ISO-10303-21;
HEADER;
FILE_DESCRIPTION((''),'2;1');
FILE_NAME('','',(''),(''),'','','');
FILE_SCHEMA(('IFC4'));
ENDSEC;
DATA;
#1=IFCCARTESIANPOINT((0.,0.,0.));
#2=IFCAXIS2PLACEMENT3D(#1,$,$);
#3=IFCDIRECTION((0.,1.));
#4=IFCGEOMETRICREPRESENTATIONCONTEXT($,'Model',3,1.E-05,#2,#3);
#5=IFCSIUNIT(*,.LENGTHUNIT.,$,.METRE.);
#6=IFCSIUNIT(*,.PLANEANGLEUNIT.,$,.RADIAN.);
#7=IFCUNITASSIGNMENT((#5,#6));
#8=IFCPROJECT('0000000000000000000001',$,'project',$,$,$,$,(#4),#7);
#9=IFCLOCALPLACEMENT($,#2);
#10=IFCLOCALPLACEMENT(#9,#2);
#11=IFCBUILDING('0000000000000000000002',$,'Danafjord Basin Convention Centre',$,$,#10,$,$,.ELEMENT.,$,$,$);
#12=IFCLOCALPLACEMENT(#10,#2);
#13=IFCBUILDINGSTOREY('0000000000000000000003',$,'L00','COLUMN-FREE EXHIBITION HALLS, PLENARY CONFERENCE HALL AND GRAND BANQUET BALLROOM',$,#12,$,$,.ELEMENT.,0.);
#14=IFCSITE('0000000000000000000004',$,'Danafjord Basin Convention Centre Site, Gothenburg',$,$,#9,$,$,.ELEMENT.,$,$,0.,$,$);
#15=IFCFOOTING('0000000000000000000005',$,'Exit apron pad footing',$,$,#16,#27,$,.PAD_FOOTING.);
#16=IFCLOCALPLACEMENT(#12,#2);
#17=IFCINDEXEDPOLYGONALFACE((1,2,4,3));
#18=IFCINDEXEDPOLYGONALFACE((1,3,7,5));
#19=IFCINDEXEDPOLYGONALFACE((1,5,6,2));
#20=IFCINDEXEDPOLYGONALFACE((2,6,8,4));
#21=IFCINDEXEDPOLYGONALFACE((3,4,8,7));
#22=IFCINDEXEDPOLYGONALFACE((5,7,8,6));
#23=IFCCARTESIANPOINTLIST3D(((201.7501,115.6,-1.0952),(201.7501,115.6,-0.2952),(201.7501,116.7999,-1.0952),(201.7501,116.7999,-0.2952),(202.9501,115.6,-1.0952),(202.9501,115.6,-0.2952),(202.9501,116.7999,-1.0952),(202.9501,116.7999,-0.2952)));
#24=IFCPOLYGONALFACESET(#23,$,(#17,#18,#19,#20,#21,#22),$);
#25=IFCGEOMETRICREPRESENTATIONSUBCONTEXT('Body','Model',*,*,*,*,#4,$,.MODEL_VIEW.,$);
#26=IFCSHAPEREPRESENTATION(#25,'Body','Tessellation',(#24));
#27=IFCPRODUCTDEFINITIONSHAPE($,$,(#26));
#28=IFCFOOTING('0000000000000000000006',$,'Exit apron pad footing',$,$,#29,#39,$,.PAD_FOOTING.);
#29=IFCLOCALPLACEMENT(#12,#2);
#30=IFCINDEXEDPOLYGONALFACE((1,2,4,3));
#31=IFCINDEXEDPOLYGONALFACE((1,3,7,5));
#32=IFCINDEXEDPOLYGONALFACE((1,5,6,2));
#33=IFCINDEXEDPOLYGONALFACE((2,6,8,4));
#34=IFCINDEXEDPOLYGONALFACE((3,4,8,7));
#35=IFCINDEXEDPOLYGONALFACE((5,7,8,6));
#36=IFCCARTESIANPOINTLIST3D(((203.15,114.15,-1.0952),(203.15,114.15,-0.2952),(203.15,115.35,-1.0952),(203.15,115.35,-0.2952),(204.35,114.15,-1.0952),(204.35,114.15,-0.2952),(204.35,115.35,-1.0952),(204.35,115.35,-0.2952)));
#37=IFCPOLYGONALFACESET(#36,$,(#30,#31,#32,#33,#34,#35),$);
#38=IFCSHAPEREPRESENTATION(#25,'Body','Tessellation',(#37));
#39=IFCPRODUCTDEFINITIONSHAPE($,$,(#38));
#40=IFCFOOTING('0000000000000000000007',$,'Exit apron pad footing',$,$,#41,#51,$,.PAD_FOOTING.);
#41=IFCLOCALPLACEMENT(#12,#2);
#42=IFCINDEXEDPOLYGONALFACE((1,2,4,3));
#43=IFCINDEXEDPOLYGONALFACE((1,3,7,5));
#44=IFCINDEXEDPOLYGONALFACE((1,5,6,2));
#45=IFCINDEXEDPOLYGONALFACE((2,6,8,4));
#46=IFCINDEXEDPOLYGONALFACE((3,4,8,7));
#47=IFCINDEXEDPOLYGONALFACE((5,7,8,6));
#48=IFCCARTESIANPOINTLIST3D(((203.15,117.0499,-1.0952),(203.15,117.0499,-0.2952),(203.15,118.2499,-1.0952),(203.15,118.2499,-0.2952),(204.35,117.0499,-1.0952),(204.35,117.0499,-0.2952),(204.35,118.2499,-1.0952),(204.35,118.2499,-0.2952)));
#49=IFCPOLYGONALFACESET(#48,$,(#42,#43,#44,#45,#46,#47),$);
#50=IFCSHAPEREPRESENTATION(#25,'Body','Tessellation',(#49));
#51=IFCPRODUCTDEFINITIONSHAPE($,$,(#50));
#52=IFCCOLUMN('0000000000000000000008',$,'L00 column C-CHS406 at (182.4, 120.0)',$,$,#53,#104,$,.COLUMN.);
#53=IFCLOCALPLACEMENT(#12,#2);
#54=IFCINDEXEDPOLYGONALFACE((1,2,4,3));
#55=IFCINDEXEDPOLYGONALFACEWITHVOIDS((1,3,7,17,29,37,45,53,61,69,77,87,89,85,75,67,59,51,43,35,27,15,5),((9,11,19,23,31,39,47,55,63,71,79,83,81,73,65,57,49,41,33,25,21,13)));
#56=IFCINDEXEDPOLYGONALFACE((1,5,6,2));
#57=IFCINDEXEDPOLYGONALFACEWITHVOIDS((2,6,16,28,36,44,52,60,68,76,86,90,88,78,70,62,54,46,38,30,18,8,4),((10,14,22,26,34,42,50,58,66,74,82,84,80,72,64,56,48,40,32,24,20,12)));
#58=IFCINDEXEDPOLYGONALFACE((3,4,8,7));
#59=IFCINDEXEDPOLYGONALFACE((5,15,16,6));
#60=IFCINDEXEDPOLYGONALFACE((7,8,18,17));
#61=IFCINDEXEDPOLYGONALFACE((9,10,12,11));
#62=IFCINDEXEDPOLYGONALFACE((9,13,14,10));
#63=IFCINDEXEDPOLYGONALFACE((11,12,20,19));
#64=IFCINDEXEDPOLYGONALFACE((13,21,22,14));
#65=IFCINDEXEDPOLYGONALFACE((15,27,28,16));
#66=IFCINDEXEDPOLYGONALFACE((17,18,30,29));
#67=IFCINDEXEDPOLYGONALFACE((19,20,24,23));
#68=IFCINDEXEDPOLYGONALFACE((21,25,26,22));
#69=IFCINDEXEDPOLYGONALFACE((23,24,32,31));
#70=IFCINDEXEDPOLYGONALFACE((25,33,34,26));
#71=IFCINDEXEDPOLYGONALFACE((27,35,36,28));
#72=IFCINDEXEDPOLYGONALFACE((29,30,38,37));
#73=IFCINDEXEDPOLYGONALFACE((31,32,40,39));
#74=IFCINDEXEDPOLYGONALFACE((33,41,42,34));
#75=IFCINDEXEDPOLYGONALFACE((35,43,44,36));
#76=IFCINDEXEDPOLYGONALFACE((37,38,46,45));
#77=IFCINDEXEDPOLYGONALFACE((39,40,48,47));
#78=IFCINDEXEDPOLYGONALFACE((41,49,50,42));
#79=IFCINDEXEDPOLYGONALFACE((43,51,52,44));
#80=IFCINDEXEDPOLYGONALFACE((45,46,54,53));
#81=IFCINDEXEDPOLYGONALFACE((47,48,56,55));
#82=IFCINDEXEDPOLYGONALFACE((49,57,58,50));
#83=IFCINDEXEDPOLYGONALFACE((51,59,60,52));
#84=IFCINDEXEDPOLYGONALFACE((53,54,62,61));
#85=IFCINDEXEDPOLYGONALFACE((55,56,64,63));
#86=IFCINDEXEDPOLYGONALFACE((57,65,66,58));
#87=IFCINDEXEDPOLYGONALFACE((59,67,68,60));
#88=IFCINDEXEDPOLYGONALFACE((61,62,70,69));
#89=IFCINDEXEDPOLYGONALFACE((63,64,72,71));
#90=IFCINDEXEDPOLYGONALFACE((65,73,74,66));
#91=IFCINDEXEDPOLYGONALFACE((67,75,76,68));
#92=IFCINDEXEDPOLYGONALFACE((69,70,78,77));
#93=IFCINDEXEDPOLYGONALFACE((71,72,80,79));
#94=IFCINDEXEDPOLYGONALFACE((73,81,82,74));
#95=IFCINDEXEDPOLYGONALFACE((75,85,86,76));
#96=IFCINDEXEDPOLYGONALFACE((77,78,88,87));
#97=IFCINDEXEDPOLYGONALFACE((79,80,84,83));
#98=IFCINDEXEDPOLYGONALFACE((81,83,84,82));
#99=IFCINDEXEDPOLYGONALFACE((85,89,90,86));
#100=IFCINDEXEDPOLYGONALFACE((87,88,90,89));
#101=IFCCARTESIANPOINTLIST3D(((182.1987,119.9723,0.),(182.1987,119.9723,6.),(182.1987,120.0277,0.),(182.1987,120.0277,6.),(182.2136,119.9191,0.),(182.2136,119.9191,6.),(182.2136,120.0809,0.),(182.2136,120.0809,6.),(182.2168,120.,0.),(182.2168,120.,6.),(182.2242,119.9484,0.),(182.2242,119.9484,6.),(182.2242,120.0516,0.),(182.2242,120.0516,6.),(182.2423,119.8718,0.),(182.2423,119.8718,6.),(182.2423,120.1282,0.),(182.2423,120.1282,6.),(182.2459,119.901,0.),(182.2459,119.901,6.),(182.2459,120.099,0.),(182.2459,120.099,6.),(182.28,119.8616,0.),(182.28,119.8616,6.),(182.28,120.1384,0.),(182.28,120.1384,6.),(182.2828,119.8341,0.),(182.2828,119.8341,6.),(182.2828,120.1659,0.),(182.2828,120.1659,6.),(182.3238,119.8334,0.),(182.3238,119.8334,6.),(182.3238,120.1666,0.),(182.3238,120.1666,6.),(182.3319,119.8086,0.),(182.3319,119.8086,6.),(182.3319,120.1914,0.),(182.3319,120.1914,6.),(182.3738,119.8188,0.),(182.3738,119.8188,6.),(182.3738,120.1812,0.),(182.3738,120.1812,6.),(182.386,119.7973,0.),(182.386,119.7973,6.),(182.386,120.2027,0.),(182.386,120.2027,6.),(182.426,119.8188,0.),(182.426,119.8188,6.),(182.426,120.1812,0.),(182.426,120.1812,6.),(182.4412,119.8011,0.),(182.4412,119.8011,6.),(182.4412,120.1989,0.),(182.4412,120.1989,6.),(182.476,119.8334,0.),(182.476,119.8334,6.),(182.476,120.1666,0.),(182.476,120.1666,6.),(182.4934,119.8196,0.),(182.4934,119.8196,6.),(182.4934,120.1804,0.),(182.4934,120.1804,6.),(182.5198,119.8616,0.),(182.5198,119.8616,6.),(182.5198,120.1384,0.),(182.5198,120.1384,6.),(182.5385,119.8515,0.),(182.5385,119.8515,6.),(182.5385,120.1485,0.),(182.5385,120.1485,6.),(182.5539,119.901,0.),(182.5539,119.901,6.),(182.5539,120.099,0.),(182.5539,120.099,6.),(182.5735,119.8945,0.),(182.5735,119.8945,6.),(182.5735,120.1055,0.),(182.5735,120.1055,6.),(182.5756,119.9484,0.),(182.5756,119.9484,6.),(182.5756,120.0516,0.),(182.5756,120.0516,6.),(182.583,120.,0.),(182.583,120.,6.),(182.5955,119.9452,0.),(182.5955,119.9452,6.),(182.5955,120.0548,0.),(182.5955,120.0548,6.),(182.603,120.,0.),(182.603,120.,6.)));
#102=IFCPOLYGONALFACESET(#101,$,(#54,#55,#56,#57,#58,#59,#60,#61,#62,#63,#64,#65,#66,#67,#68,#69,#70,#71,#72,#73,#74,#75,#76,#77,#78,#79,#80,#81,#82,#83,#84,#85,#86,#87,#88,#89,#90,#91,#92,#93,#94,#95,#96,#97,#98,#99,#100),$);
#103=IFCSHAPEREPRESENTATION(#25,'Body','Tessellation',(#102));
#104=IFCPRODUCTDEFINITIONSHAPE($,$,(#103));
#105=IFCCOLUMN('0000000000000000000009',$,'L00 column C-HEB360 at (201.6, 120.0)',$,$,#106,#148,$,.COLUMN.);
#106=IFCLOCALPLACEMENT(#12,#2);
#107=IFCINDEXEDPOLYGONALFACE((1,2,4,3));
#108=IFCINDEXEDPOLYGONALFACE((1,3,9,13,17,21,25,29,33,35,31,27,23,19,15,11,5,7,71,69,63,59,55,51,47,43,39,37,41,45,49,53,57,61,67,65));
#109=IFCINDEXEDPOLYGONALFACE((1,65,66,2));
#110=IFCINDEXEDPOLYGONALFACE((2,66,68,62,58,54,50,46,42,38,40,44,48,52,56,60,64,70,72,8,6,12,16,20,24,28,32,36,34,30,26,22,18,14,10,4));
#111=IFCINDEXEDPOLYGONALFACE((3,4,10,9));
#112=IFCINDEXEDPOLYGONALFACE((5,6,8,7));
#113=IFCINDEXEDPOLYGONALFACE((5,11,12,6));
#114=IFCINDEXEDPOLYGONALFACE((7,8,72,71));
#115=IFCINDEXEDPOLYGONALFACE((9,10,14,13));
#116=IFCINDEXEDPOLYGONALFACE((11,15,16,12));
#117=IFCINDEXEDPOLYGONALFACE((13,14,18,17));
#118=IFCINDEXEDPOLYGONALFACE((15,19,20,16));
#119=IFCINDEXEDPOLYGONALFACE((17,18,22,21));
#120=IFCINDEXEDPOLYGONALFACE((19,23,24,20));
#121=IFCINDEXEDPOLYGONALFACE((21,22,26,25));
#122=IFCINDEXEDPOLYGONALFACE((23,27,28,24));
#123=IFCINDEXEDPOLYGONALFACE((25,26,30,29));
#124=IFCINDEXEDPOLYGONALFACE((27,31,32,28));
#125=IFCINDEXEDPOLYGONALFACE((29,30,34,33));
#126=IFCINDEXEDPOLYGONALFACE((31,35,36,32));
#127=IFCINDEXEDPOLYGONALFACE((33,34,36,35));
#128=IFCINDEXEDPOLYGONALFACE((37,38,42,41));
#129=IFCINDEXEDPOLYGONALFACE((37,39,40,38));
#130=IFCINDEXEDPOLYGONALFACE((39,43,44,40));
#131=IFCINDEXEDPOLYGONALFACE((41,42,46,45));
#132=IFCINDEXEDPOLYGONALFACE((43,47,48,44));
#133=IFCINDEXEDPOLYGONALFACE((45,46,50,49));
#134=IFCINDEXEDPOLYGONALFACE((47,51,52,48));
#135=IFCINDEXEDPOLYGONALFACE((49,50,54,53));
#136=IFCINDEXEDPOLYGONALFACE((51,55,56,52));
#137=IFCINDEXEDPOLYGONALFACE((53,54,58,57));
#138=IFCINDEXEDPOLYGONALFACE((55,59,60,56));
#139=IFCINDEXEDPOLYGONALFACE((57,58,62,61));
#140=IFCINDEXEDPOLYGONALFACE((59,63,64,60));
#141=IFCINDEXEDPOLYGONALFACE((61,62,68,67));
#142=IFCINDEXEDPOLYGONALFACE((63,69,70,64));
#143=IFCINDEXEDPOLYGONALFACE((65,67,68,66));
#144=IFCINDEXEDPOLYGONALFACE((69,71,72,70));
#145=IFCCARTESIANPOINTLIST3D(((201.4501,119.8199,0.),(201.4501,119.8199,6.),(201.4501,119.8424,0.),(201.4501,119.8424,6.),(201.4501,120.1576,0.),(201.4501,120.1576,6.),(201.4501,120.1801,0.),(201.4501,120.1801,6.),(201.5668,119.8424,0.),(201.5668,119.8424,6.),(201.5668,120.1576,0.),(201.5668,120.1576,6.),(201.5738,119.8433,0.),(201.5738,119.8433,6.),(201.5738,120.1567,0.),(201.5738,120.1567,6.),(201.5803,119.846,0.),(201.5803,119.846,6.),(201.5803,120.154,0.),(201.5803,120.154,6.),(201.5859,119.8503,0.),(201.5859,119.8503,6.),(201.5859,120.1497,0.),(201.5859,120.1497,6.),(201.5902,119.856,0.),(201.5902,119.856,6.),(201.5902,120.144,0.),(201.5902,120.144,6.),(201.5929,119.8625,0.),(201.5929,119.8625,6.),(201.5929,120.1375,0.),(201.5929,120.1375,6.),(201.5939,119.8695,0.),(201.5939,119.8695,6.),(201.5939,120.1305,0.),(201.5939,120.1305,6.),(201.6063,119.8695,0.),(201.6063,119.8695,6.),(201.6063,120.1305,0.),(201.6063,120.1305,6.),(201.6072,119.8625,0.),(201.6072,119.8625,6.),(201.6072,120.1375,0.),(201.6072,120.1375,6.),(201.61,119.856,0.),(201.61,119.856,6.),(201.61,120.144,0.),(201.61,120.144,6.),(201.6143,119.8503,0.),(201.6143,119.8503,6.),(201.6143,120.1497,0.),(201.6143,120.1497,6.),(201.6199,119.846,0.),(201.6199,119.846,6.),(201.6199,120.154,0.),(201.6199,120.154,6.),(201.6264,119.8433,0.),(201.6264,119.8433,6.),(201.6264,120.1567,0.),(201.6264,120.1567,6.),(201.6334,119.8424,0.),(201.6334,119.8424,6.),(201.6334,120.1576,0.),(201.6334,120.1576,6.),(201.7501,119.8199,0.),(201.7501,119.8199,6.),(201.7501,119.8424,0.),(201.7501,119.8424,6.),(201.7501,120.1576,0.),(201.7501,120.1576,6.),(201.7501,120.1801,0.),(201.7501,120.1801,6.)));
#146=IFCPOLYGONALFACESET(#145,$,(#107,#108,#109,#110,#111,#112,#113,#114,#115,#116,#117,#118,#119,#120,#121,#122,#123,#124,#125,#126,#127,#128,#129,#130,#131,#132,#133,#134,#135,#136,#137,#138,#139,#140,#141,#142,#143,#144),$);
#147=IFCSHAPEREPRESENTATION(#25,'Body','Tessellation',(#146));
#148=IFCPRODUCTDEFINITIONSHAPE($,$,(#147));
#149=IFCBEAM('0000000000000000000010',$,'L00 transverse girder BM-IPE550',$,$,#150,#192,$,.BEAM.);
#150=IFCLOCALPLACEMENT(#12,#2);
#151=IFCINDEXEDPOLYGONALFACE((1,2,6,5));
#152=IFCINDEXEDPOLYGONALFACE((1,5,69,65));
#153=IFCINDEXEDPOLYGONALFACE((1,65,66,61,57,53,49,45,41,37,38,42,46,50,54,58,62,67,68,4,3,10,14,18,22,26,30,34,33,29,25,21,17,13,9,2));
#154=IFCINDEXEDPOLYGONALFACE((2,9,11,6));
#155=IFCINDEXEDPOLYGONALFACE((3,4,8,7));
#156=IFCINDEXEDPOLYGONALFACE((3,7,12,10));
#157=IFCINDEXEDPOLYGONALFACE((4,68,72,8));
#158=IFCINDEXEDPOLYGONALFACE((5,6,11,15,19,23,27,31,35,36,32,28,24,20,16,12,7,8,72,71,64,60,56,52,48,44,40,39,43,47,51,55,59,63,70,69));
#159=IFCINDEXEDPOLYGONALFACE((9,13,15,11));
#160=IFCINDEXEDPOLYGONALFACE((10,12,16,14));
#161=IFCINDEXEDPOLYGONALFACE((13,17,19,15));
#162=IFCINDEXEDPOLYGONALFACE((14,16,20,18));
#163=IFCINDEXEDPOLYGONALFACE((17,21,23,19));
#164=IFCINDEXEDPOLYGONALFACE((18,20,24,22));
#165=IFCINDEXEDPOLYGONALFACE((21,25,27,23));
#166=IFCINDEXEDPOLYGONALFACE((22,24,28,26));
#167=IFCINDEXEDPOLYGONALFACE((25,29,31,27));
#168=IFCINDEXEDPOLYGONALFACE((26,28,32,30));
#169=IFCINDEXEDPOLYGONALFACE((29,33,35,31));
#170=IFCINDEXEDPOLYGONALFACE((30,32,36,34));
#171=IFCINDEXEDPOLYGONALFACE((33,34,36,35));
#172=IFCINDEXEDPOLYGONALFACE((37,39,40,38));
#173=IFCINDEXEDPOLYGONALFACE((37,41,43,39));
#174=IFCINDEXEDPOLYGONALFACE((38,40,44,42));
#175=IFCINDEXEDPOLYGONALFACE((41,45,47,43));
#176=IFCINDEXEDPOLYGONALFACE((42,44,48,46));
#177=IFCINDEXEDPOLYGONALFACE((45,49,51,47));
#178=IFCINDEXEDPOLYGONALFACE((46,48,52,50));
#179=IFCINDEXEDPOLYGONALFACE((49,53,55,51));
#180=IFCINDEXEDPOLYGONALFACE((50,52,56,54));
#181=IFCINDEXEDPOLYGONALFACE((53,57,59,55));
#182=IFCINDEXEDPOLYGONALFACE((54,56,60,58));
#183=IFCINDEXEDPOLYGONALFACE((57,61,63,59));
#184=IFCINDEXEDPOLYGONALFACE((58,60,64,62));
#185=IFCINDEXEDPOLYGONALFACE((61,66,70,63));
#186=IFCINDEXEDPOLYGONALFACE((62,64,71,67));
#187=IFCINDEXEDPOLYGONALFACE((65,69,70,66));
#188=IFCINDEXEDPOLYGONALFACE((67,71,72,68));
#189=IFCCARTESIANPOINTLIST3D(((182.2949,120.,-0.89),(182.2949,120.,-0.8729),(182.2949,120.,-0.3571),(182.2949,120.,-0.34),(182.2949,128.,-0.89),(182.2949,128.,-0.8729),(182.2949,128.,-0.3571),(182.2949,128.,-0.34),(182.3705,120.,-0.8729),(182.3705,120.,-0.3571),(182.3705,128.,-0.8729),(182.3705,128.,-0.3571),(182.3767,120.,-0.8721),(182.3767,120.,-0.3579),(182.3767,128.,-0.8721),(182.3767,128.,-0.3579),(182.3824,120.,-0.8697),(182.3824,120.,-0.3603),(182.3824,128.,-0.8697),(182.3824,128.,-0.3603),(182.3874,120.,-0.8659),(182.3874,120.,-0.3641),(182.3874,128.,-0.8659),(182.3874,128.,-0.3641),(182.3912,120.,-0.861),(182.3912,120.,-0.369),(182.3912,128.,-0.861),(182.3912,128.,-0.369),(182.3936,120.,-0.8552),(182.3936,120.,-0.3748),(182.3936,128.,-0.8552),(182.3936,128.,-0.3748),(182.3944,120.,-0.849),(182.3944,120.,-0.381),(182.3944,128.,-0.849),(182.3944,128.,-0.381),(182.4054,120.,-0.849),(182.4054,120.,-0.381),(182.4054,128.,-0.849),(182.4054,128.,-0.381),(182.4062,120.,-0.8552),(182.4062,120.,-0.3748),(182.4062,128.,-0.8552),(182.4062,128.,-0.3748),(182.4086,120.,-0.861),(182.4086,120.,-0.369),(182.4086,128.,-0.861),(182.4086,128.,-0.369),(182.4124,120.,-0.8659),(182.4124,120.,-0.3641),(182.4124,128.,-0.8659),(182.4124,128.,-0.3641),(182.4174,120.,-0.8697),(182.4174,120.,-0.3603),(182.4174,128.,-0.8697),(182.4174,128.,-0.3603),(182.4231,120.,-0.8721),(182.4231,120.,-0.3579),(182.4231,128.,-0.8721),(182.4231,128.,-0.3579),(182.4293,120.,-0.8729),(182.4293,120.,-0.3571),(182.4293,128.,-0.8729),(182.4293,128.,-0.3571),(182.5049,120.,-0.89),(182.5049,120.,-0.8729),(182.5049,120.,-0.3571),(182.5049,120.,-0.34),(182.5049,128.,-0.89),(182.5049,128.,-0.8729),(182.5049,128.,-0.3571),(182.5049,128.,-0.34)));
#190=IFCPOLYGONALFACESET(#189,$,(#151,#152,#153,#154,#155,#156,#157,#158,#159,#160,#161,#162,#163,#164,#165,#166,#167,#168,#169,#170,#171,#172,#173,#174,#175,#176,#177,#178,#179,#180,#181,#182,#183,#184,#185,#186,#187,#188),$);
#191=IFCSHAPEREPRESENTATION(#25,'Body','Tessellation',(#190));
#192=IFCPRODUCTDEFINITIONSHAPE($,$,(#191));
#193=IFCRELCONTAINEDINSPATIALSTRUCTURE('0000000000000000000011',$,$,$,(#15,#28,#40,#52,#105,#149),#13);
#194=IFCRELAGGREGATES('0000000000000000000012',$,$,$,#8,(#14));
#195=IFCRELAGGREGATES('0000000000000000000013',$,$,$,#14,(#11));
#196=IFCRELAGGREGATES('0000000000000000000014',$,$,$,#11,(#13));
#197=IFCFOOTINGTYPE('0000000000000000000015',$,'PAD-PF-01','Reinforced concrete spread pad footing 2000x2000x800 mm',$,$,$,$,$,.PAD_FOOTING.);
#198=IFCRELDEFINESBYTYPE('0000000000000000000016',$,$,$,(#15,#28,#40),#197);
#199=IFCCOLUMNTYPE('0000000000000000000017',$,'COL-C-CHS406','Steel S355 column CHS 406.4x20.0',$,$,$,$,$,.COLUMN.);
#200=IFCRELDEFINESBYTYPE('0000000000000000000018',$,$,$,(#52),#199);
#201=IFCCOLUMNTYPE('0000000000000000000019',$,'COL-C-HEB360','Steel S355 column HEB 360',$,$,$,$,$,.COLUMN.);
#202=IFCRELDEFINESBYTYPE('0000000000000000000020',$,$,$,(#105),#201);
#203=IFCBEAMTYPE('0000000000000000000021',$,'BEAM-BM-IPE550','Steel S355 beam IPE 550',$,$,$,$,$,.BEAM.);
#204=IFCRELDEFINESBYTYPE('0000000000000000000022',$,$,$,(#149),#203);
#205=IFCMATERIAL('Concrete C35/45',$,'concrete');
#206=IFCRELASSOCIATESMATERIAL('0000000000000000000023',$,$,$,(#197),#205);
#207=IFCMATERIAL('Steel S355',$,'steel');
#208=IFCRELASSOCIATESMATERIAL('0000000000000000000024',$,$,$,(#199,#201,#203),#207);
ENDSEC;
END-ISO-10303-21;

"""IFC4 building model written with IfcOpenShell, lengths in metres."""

from ifc_helpers import new_model, si_unit, direction, frame, origin, origin_2d, place, context, subcontext, project, spatial, rectangle, hollow_circle, i_section, extrude, material, material_profile, profile_set, type_object, element, save


model = new_model("IFC4")

# Units and contexts
model_context = context("Model", 3, precision=1e-05, world=origin(), true_north=direction((0.0, 1.0)))
body_context = subcontext(model_context, "Body", "Model", "MODEL_VIEW")
ifc_project = project(units=[si_unit("LENGTHUNIT", "METRE"), si_unit("PLANEANGLEUNIT", "RADIAN")], contexts=[model_context])

# Site, building, storey
site_placement = place(None, origin())
site = spatial("IfcSite", under=ifc_project, at=site_placement, Name="Danafjord Basin Convention Centre Site, Gothenburg", CompositionType="ELEMENT", RefElevation=0.0)
building_placement = place(site_placement, origin())
building = spatial("IfcBuilding", under=site, at=building_placement, Name="Danafjord Basin Convention Centre", CompositionType="ELEMENT")
storey_placement = place(building_placement, origin())
storey = spatial("IfcBuildingStorey", under=building, at=storey_placement, Name="L00", Description="COLUMN-FREE EXHIBITION HALLS, PLENARY CONFERENCE HALL AND GRAND BANQUET BALLROOM", CompositionType="ELEMENT", Elevation=0.0)

# Footings
ifc_material_1 = material(Name="Concrete C35/45", Category="concrete")
footing_type = type_object("IfcFootingType", Name="PAD-PF-01", Description="Reinforced concrete spread pad footing 2000x2000x800 mm", PredefinedType="PAD_FOOTING", material=ifc_material_1)
for number, where, z_axis, x_axis, name in (
    (1, (202.3501, 116.2, -1.0952), (0.0, 0.0, 1.0), (1.0, 0.0, 0.0), "Exit apron pad footing"),
    (2, (203.75, 114.75, -1.0952), (0.0, 0.0, 1.0), (1.0, 0.0, 0.0), "Exit apron pad footing"),
    (3, (203.75, 117.6499, -1.0952), (0.0, 0.0, 1.0), (1.0, 0.0, 0.0), "Exit apron pad footing"),
):
    element("IfcFooting", number, at=place(storey_placement, frame(where, z_axis=z_axis, x_axis=x_axis)), inside=storey, type_object=footing_type, Name=name, PredefinedType="PAD_FOOTING", context=body_context, shape_type="SweptSolid", body=[
        extrude(rectangle(XDim=1.2, YDim=1.2, at=origin_2d()), origin(), (0.0, 0.0, 1.0), 0.8),
    ])

# Columns
ifc_material_2 = material(Name="Steel S355", Category="steel")
ifc_material_profile_1 = material_profile(ifc_material_2, hollow_circle(Radius=0.2031, WallThickness=0.02, at=origin_2d()), Name="CHS 406.4x20.0")
ifc_profile_set_1 = profile_set([ifc_material_profile_1], Name="Steel S355")
column_type_1 = type_object("IfcColumnType", Name="COL-C-CHS406", Description="Steel S355 column CHS 406.4x20.0", PredefinedType="COLUMN", material=ifc_profile_set_1)
column_1_placement = place(storey_placement, frame((182.3999, 120.0, 0.0), z_axis=(0.0, 0.0, 1.0), x_axis=(1.0, 0.0, 0.0)))
element("IfcColumn", 4, at=column_1_placement, inside=storey, type_object=column_type_1, Name="L00 column C-CHS406 at (182.4, 120.0)", PredefinedType="COLUMN", context=body_context, shape_type="SweptSolid", body=[
    extrude(hollow_circle(Radius=0.2031, WallThickness=0.02, at=origin_2d()), origin(), (0.0, 0.0, 1.0), 6.0),
])
ifc_material_profile_2 = material_profile(ifc_material_2, i_section(OverallWidth=0.3, OverallDepth=0.3601, WebThickness=0.0125, FlangeThickness=0.0225, FilletRadius=0.0271, at=origin_2d()), Name="HEB 360")
ifc_profile_set_2 = profile_set([ifc_material_profile_2], Name="Steel S355")
column_type_2 = type_object("IfcColumnType", Name="COL-C-HEB360", Description="Steel S355 column HEB 360", PredefinedType="COLUMN", material=ifc_profile_set_2)
column_2_placement = place(storey_placement, frame((201.6001, 120.0, 0.0), z_axis=(0.0, 0.0, 1.0), x_axis=(1.0, 0.0, 0.0)))
element("IfcColumn", 5, at=column_2_placement, inside=storey, type_object=column_type_2, Name="L00 column C-HEB360 at (201.6, 120.0)", PredefinedType="COLUMN", context=body_context, shape_type="SweptSolid", body=[
    extrude(i_section(OverallWidth=0.3, OverallDepth=0.3601, WebThickness=0.0125, FlangeThickness=0.0225, FilletRadius=0.0271, at=origin_2d()), origin(), (0.0, 0.0, 1.0), 6.0),
])

# Beam
ifc_material_profile_3 = material_profile(ifc_material_2, i_section(OverallWidth=0.21, OverallDepth=0.55, WebThickness=0.011, FlangeThickness=0.0171, FilletRadius=0.0239, at=origin_2d()), Name="IPE 550")
ifc_profile_set_3 = profile_set([ifc_material_profile_3], Name="Steel S355")
beam_type = type_object("IfcBeamType", Name="BEAM-BM-IPE550", Description="Steel S355 beam IPE 550", PredefinedType="BEAM", material=ifc_profile_set_3)
beam_placement = place(storey_placement, frame((182.3999, 120.0, -0.615), z_axis=(0.0, 1.0, 0.0), x_axis=(-1.0, 0.0, 0.0)))
element("IfcBeam", 6, at=beam_placement, inside=storey, type_object=beam_type, Name="L00 transverse girder BM-IPE550", PredefinedType="BEAM", context=body_context, shape_type="SweptSolid", body=[
    extrude(i_section(OverallWidth=0.21, OverallDepth=0.55, WebThickness=0.011, FlangeThickness=0.0171, FilletRadius=0.0239, at=origin_2d()), origin(), (0.0, 0.0, 1.0), 8.0),
])

save(model, "model.ifc")
